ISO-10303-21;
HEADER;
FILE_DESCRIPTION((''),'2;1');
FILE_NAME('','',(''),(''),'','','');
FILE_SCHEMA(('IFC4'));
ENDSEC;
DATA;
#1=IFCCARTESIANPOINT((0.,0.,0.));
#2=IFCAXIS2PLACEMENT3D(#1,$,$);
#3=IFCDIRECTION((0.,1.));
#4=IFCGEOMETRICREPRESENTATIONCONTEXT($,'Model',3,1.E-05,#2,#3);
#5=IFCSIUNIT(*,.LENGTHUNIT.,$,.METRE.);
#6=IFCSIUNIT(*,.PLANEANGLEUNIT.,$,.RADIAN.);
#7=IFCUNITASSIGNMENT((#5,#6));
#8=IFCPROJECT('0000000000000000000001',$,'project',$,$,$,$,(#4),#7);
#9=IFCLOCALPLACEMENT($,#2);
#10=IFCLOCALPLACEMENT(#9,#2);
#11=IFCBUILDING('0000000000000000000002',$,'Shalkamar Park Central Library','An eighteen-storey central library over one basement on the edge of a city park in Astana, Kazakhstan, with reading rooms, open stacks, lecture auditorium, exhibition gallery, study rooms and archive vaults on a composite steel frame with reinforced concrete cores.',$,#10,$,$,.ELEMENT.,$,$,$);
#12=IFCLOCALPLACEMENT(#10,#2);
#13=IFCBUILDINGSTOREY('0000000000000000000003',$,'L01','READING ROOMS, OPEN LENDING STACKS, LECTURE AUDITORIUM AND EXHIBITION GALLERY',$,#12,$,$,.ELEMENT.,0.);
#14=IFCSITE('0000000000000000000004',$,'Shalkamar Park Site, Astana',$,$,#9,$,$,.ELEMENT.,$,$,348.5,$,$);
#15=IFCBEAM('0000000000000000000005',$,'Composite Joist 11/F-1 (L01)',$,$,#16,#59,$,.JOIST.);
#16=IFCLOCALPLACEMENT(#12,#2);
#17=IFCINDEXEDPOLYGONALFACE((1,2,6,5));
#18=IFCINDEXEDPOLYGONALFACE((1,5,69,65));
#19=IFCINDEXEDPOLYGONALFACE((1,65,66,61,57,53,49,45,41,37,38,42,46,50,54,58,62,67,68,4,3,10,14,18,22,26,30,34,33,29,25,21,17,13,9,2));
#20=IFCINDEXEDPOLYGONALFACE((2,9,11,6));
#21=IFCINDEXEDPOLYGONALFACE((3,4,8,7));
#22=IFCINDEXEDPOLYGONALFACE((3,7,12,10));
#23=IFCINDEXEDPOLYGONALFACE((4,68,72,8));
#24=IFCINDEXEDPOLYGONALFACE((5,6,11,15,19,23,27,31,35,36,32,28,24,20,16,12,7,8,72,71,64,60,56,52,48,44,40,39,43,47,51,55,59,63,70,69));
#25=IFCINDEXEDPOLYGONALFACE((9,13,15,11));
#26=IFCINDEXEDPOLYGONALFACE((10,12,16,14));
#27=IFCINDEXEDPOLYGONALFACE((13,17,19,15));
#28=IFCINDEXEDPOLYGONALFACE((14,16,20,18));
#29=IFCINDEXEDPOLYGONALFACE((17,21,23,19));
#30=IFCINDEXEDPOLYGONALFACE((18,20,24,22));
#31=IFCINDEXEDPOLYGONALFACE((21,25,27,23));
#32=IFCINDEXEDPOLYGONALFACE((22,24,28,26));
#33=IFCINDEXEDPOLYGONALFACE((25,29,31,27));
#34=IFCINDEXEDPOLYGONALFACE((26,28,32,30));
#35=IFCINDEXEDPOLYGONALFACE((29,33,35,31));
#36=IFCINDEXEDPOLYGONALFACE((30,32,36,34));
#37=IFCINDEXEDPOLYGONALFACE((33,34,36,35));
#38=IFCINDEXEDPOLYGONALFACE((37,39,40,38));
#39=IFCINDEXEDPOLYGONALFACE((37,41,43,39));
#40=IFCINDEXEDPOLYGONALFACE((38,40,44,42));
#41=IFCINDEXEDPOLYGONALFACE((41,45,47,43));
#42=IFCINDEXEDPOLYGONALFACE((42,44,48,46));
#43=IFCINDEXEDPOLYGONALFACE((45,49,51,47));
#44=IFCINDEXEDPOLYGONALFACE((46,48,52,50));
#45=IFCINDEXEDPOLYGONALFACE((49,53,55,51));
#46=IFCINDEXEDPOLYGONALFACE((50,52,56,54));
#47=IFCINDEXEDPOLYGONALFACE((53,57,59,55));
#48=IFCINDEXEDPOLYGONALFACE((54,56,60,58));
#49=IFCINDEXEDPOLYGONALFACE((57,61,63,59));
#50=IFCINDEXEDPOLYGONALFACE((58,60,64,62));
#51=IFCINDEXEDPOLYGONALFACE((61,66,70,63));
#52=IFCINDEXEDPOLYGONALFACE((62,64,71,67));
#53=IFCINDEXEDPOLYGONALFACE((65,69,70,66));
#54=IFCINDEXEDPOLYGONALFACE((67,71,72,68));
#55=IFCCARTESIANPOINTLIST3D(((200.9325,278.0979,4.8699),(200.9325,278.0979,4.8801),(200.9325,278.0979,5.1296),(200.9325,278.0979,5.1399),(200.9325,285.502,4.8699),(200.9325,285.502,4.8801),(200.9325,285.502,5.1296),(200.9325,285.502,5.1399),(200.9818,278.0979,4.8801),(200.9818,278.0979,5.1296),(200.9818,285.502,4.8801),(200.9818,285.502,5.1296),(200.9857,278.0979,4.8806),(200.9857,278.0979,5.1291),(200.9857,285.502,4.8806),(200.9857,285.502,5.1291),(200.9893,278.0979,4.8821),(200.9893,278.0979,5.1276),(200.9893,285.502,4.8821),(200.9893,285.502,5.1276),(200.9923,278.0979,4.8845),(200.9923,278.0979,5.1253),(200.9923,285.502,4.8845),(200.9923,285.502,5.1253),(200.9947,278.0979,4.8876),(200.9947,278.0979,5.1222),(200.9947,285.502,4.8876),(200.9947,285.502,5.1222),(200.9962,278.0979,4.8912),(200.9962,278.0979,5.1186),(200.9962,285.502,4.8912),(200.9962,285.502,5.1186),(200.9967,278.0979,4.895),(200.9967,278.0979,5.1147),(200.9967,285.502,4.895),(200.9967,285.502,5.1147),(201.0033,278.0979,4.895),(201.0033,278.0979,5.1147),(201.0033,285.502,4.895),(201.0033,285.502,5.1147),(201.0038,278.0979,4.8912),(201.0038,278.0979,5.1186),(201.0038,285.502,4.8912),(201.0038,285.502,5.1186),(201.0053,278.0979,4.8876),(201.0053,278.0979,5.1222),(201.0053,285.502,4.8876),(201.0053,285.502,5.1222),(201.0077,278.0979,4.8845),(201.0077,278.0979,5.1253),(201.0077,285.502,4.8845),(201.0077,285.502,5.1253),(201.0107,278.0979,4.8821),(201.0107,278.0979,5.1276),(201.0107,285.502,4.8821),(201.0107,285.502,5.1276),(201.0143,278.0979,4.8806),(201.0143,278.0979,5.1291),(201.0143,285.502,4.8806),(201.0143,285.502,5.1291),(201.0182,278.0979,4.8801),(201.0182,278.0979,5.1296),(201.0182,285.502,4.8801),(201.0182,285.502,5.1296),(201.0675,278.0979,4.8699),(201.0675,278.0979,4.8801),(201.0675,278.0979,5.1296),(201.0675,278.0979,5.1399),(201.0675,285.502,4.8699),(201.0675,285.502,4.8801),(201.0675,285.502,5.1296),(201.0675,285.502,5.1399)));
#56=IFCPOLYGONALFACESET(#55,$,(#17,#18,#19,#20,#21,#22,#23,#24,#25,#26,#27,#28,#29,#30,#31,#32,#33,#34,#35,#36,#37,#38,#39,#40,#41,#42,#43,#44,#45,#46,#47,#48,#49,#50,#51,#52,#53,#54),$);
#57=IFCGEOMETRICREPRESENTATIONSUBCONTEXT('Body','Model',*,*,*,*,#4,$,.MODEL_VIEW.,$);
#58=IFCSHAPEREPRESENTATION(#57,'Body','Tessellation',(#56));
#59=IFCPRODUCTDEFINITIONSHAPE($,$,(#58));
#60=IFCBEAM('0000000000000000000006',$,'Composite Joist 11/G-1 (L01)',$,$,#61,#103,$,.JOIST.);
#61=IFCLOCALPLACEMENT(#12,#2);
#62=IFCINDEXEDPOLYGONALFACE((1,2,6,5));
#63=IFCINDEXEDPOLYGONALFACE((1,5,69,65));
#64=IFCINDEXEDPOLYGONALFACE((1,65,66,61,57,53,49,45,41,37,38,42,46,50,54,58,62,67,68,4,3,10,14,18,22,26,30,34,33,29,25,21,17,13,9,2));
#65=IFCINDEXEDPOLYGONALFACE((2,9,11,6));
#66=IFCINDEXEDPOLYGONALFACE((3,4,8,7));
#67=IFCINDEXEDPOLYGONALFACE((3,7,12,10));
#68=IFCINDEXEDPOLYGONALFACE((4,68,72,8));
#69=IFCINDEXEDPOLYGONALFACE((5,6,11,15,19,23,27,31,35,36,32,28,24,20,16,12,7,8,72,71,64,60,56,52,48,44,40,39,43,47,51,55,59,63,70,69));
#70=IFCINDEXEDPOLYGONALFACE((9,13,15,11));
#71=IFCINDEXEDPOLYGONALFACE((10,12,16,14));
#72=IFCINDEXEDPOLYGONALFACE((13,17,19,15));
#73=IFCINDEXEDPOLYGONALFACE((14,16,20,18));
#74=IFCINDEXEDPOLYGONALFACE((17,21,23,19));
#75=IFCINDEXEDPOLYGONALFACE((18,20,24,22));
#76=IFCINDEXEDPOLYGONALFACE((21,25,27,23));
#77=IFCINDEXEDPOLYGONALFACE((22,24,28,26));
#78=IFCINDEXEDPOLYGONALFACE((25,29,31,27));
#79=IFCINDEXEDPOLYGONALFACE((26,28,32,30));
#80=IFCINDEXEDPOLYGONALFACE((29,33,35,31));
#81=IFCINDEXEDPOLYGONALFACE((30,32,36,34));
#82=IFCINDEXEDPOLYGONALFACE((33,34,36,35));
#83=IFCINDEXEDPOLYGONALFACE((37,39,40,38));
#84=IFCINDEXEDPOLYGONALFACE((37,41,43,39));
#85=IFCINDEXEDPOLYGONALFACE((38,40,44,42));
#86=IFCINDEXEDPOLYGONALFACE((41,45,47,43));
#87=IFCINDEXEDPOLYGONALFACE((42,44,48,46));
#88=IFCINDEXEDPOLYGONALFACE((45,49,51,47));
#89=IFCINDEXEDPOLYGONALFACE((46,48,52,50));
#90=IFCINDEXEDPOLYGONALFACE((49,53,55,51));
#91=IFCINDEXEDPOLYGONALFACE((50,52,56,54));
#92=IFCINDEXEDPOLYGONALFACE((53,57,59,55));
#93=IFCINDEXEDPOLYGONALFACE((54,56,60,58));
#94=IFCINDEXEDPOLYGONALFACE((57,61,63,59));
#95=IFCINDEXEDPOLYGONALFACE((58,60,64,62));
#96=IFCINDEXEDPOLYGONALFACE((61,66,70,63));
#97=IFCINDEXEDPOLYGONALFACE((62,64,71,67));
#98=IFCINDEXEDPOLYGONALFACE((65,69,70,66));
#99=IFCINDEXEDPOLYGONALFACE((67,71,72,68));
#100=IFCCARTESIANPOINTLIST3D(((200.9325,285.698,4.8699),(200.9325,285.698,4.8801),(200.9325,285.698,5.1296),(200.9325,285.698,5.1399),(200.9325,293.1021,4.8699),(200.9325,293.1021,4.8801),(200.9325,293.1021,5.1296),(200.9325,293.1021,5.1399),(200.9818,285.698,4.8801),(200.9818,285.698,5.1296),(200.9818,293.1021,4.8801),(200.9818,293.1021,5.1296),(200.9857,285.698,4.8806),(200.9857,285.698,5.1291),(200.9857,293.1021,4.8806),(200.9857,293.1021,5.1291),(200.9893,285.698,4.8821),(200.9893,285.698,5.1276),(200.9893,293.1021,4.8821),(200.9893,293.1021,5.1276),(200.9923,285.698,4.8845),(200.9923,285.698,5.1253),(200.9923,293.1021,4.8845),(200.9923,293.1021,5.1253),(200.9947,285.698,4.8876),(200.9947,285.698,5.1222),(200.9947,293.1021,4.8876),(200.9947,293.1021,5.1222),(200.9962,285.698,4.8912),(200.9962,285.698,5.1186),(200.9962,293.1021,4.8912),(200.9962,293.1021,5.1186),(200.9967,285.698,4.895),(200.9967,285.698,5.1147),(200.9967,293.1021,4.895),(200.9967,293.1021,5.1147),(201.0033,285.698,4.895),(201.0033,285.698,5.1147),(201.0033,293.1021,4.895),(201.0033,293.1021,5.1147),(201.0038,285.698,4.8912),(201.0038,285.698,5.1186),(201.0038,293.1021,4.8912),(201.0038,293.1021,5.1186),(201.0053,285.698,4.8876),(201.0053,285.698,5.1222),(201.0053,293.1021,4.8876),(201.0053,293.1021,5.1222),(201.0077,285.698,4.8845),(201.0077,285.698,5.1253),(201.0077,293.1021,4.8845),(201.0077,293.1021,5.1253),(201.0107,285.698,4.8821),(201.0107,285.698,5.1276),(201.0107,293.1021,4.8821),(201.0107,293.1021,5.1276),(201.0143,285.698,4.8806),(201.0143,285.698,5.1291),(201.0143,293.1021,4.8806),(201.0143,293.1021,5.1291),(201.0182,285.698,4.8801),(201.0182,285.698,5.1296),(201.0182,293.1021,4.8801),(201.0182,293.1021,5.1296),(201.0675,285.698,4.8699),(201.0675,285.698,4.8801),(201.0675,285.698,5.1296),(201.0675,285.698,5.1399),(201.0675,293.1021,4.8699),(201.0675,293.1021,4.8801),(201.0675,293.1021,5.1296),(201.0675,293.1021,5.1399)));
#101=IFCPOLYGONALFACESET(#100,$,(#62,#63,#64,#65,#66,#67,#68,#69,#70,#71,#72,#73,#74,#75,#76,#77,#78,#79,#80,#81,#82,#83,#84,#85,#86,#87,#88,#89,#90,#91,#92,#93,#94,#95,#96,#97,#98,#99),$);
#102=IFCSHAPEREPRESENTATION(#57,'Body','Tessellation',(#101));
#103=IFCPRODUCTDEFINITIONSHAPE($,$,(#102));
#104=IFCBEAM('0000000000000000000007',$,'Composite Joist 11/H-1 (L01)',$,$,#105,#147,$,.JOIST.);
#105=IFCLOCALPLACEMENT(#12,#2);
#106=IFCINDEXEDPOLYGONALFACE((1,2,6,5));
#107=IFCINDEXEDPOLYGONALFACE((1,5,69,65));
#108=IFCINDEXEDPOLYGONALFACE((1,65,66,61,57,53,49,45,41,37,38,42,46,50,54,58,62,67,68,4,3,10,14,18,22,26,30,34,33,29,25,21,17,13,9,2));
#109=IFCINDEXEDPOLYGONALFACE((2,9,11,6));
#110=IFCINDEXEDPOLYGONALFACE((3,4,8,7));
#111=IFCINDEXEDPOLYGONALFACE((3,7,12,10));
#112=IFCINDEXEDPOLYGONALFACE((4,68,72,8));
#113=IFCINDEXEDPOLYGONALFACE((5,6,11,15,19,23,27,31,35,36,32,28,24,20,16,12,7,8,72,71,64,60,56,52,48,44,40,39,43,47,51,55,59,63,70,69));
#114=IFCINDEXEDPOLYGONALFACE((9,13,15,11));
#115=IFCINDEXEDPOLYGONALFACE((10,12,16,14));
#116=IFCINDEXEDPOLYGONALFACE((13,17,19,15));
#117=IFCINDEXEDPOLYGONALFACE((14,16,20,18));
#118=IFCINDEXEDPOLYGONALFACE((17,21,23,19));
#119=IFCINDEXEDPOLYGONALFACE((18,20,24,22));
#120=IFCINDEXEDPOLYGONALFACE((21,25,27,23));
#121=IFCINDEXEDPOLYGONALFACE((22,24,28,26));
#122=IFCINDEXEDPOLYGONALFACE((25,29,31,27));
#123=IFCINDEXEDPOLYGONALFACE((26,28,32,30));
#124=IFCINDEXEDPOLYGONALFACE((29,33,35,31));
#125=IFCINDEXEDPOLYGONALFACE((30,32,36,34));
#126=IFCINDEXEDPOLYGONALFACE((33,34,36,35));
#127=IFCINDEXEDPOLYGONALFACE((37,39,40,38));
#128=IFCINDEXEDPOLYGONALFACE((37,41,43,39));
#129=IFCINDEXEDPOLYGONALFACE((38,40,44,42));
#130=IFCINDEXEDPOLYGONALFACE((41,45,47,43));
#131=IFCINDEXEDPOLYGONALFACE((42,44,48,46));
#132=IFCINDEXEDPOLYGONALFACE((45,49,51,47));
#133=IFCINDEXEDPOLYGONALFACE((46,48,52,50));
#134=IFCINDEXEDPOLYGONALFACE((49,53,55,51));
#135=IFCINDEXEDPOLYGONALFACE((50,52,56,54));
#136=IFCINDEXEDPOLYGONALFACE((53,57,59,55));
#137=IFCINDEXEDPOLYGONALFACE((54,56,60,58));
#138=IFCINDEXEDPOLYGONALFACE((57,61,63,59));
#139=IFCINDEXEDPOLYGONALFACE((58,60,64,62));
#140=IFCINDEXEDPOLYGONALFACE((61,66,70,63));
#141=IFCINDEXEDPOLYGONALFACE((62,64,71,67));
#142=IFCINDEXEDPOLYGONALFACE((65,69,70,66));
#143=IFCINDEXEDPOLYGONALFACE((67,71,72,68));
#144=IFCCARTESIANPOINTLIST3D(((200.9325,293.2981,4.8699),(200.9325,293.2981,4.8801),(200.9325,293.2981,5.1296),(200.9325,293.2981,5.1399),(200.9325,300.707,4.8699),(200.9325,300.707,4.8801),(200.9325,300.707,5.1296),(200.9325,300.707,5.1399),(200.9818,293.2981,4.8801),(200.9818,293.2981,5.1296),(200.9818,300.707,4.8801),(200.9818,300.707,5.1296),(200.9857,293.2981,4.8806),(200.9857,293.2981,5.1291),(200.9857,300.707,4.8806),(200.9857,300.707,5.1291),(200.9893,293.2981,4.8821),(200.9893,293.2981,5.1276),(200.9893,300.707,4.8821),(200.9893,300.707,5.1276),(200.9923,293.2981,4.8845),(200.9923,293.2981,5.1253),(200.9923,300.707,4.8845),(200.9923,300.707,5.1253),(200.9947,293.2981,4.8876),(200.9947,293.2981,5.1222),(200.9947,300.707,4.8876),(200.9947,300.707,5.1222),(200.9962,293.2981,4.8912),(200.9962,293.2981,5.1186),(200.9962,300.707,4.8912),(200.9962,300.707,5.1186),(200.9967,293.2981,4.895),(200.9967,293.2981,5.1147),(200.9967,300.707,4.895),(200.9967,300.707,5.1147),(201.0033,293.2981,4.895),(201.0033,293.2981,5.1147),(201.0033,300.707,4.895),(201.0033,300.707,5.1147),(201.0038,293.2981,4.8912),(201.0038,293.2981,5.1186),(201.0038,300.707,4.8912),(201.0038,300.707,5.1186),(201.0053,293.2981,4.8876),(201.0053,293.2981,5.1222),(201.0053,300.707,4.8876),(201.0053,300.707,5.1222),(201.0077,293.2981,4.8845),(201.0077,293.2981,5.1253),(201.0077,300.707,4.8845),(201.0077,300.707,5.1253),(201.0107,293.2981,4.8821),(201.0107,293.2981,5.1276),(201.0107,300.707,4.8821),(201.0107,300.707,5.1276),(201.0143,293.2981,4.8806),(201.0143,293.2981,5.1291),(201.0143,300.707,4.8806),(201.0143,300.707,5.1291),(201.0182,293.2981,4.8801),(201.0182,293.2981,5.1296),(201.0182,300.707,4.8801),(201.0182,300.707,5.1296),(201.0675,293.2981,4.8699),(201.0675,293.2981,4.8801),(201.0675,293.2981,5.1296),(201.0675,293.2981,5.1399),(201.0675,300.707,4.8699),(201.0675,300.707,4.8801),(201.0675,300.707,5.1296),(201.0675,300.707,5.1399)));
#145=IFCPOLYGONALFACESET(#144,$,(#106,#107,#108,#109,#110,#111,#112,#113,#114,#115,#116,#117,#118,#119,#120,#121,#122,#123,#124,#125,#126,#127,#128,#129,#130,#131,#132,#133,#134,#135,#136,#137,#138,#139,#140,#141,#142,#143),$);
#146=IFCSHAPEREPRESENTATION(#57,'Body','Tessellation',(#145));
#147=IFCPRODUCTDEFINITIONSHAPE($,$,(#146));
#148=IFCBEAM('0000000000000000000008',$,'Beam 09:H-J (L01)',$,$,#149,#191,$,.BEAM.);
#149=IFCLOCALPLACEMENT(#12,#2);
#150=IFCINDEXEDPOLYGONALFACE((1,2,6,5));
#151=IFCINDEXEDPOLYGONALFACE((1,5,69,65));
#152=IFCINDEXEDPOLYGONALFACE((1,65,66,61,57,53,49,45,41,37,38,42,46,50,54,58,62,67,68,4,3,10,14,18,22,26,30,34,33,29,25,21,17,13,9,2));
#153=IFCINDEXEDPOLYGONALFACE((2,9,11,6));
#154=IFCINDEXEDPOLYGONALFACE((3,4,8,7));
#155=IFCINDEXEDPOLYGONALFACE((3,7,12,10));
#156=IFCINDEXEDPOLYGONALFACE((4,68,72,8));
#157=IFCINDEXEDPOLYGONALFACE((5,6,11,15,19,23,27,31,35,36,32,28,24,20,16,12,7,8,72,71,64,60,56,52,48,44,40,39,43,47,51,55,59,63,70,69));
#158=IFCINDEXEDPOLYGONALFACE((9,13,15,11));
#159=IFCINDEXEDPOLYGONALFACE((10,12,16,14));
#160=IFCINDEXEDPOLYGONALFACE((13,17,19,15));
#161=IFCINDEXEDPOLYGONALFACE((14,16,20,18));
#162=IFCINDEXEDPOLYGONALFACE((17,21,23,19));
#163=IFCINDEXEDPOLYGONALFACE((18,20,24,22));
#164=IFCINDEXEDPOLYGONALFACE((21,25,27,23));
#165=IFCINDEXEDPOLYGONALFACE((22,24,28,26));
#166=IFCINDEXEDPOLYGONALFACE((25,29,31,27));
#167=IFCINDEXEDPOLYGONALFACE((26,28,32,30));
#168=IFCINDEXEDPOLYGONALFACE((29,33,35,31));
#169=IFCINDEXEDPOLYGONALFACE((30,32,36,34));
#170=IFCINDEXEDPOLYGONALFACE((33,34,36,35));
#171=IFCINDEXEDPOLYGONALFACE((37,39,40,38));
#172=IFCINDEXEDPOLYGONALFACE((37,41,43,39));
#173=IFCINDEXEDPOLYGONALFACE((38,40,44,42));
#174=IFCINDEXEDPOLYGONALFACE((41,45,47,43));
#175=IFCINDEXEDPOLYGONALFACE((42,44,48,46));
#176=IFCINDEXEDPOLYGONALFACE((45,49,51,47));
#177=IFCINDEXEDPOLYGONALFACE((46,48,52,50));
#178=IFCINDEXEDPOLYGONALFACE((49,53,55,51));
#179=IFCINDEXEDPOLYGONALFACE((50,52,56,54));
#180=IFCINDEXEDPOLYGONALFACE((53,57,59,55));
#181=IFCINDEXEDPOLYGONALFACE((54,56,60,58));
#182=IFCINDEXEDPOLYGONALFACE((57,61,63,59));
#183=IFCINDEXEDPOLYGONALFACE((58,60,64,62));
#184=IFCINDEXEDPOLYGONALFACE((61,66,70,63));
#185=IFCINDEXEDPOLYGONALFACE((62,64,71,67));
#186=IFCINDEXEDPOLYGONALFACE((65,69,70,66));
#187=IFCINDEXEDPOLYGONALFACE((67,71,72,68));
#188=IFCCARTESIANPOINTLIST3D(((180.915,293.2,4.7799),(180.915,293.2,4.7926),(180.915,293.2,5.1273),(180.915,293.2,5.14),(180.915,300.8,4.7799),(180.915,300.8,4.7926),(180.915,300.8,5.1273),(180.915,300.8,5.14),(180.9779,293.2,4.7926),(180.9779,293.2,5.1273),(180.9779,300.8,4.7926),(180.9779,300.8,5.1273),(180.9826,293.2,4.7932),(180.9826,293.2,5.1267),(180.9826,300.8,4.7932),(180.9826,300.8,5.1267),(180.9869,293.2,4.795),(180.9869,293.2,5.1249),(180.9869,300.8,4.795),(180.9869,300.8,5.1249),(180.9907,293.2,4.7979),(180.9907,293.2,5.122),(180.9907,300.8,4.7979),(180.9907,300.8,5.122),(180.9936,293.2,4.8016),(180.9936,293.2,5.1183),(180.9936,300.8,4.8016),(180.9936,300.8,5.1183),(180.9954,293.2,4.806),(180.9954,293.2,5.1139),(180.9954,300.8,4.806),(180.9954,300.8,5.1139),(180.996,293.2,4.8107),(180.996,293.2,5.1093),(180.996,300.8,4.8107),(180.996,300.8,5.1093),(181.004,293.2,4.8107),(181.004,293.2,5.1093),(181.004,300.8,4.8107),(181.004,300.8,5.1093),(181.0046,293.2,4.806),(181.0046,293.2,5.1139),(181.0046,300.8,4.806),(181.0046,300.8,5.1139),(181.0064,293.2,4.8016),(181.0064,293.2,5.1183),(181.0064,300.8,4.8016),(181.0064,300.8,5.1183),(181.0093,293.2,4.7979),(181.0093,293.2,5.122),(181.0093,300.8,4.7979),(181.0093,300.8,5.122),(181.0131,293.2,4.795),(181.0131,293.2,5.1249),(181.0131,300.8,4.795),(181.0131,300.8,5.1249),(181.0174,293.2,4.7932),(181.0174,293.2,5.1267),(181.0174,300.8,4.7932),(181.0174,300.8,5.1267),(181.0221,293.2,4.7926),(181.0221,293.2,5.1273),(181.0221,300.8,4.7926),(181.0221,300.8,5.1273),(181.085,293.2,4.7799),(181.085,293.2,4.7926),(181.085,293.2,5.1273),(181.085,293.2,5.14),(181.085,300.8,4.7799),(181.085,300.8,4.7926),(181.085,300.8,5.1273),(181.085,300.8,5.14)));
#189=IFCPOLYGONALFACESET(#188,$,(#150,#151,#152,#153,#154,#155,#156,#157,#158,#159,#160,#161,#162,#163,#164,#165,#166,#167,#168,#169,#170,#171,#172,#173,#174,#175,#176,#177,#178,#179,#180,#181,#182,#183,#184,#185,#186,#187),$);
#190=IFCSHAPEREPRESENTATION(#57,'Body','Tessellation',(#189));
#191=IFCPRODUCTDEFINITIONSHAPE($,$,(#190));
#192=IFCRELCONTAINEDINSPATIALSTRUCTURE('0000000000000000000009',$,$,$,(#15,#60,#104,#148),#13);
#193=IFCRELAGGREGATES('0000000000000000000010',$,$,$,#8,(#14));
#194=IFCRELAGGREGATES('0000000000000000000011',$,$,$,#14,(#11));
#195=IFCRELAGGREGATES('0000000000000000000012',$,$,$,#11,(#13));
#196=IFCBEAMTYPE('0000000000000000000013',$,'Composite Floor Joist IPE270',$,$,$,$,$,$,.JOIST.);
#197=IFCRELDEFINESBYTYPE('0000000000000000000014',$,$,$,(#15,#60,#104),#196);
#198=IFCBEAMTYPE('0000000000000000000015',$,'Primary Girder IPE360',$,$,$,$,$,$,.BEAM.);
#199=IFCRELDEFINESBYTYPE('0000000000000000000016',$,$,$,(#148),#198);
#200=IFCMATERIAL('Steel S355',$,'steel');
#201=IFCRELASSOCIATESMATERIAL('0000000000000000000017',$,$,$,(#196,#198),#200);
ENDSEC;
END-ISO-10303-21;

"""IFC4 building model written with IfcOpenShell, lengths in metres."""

from ifc_helpers import new_model, si_unit, direction, frame, origin, origin_2d, place, context, subcontext, project, spatial, i_section, extrude, material, material_profile, profile_set, type_object, element, save


model = new_model("IFC4")

# Units and contexts
model_context = context("Model", 3, precision=1e-05, world=origin(), true_north=direction((0.0, 1.0)))
body_context = subcontext(model_context, "Body", "Model", "MODEL_VIEW")
ifc_project = project(units=[si_unit("LENGTHUNIT", "METRE"), si_unit("PLANEANGLEUNIT", "RADIAN")], contexts=[model_context])

# Site, building, storey
site_placement = place(None, origin())
site = spatial("IfcSite", under=ifc_project, at=site_placement, Name="Shalkamar Park Site, Astana", CompositionType="ELEMENT", RefElevation=348.5)
building_placement = place(site_placement, origin())
building = spatial("IfcBuilding", under=site, at=building_placement, Name="Shalkamar Park Central Library", Description="An eighteen-storey central library over one basement on the edge of a city park in Astana, Kazakhstan, with reading rooms, open stacks, lecture auditorium, exhibition gallery, study rooms and archive vaults on a composite steel frame with reinforced concrete cores.", CompositionType="ELEMENT")
storey_placement = place(building_placement, origin())
storey = spatial("IfcBuildingStorey", under=building, at=storey_placement, Name="L01", Description="READING ROOMS, OPEN LENDING STACKS, LECTURE AUDITORIUM AND EXHIBITION GALLERY", CompositionType="ELEMENT", Elevation=0.0)

# Shared definitions
ifc_material = material(Name="Steel S355", Category="steel")

# Beams
ifc_material_profile_1 = material_profile(ifc_material, i_section(OverallWidth=0.135, OverallDepth=0.27, WebThickness=0.0066, FlangeThickness=0.0103, FilletRadius=0.0149, at=origin_2d()), Name="IPE 270")
ifc_profile_set_1 = profile_set([ifc_material_profile_1], Name="Steel S355")
beam_type_1 = type_object("IfcBeamType", Name="Composite Floor Joist IPE270", PredefinedType="JOIST", material=ifc_profile_set_1)
for number, where, z_axis, x_axis, name in (
    (1, (201.0, 278.0979, 5.0049), (0.0, 1.0, 0.0), (-1.0, 0.0, 0.0), "Composite Joist 11/F-1 (L01)"),
    (2, (201.0, 285.698, 5.0049), (0.0, 1.0, 0.0), (-1.0, 0.0, 0.0), "Composite Joist 11/G-1 (L01)"),
):
    element("IfcBeam", number, at=place(storey_placement, frame(where, z_axis=z_axis, x_axis=x_axis)), inside=storey, type_object=beam_type_1, Name=name, PredefinedType="JOIST", context=body_context, shape_type="SweptSolid", body=[
        extrude(i_section(OverallWidth=0.135, OverallDepth=0.27, WebThickness=0.0066, FlangeThickness=0.0103, FilletRadius=0.0149, at=origin_2d()), origin(), (0.0, 0.0, 1.0), 7.4041),
    ])
beam_1_placement = place(storey_placement, frame((201.0, 293.2981, 5.0049), z_axis=(0.0, 1.0, 0.0), x_axis=(-1.0, 0.0, 0.0)))
element("IfcBeam", 3, at=beam_1_placement, inside=storey, type_object=beam_type_1, Name="Composite Joist 11/H-1 (L01)", PredefinedType="JOIST", context=body_context, shape_type="SweptSolid", body=[
    extrude(i_section(OverallWidth=0.135, OverallDepth=0.27, WebThickness=0.0066, FlangeThickness=0.0103, FilletRadius=0.0149, at=origin_2d()), origin(), (0.0, 0.0, 1.0), 7.4089),
])
ifc_material_profile_2 = material_profile(ifc_material, i_section(OverallWidth=0.1699, OverallDepth=0.3601, WebThickness=0.0081, FlangeThickness=0.0127, FilletRadius=0.0181, at=origin_2d()), Name="IPE 360")
ifc_profile_set_2 = profile_set([ifc_material_profile_2], Name="Steel S355")
beam_type_2 = type_object("IfcBeamType", Name="Primary Girder IPE360", PredefinedType="BEAM", material=ifc_profile_set_2)
for number, where, z_axis, x_axis, name in (
    (4, (181.0, 293.2, 4.96), (0.0, 1.0, 0.0), (-1.0, 0.0, 0.0), "Beam 09:H-J (L01)"),
):
    element("IfcBeam", number, at=place(storey_placement, frame(where, z_axis=z_axis, x_axis=x_axis)), inside=storey, type_object=beam_type_2, Name=name, PredefinedType="BEAM", context=body_context, shape_type="SweptSolid", body=[
        extrude(i_section(OverallWidth=0.1699, OverallDepth=0.3601, WebThickness=0.0081, FlangeThickness=0.0127, FilletRadius=0.0181, at=origin_2d()), origin(), (0.0, 0.0, 1.0), 7.6001),
    ])

save(model, "model.ifc")
